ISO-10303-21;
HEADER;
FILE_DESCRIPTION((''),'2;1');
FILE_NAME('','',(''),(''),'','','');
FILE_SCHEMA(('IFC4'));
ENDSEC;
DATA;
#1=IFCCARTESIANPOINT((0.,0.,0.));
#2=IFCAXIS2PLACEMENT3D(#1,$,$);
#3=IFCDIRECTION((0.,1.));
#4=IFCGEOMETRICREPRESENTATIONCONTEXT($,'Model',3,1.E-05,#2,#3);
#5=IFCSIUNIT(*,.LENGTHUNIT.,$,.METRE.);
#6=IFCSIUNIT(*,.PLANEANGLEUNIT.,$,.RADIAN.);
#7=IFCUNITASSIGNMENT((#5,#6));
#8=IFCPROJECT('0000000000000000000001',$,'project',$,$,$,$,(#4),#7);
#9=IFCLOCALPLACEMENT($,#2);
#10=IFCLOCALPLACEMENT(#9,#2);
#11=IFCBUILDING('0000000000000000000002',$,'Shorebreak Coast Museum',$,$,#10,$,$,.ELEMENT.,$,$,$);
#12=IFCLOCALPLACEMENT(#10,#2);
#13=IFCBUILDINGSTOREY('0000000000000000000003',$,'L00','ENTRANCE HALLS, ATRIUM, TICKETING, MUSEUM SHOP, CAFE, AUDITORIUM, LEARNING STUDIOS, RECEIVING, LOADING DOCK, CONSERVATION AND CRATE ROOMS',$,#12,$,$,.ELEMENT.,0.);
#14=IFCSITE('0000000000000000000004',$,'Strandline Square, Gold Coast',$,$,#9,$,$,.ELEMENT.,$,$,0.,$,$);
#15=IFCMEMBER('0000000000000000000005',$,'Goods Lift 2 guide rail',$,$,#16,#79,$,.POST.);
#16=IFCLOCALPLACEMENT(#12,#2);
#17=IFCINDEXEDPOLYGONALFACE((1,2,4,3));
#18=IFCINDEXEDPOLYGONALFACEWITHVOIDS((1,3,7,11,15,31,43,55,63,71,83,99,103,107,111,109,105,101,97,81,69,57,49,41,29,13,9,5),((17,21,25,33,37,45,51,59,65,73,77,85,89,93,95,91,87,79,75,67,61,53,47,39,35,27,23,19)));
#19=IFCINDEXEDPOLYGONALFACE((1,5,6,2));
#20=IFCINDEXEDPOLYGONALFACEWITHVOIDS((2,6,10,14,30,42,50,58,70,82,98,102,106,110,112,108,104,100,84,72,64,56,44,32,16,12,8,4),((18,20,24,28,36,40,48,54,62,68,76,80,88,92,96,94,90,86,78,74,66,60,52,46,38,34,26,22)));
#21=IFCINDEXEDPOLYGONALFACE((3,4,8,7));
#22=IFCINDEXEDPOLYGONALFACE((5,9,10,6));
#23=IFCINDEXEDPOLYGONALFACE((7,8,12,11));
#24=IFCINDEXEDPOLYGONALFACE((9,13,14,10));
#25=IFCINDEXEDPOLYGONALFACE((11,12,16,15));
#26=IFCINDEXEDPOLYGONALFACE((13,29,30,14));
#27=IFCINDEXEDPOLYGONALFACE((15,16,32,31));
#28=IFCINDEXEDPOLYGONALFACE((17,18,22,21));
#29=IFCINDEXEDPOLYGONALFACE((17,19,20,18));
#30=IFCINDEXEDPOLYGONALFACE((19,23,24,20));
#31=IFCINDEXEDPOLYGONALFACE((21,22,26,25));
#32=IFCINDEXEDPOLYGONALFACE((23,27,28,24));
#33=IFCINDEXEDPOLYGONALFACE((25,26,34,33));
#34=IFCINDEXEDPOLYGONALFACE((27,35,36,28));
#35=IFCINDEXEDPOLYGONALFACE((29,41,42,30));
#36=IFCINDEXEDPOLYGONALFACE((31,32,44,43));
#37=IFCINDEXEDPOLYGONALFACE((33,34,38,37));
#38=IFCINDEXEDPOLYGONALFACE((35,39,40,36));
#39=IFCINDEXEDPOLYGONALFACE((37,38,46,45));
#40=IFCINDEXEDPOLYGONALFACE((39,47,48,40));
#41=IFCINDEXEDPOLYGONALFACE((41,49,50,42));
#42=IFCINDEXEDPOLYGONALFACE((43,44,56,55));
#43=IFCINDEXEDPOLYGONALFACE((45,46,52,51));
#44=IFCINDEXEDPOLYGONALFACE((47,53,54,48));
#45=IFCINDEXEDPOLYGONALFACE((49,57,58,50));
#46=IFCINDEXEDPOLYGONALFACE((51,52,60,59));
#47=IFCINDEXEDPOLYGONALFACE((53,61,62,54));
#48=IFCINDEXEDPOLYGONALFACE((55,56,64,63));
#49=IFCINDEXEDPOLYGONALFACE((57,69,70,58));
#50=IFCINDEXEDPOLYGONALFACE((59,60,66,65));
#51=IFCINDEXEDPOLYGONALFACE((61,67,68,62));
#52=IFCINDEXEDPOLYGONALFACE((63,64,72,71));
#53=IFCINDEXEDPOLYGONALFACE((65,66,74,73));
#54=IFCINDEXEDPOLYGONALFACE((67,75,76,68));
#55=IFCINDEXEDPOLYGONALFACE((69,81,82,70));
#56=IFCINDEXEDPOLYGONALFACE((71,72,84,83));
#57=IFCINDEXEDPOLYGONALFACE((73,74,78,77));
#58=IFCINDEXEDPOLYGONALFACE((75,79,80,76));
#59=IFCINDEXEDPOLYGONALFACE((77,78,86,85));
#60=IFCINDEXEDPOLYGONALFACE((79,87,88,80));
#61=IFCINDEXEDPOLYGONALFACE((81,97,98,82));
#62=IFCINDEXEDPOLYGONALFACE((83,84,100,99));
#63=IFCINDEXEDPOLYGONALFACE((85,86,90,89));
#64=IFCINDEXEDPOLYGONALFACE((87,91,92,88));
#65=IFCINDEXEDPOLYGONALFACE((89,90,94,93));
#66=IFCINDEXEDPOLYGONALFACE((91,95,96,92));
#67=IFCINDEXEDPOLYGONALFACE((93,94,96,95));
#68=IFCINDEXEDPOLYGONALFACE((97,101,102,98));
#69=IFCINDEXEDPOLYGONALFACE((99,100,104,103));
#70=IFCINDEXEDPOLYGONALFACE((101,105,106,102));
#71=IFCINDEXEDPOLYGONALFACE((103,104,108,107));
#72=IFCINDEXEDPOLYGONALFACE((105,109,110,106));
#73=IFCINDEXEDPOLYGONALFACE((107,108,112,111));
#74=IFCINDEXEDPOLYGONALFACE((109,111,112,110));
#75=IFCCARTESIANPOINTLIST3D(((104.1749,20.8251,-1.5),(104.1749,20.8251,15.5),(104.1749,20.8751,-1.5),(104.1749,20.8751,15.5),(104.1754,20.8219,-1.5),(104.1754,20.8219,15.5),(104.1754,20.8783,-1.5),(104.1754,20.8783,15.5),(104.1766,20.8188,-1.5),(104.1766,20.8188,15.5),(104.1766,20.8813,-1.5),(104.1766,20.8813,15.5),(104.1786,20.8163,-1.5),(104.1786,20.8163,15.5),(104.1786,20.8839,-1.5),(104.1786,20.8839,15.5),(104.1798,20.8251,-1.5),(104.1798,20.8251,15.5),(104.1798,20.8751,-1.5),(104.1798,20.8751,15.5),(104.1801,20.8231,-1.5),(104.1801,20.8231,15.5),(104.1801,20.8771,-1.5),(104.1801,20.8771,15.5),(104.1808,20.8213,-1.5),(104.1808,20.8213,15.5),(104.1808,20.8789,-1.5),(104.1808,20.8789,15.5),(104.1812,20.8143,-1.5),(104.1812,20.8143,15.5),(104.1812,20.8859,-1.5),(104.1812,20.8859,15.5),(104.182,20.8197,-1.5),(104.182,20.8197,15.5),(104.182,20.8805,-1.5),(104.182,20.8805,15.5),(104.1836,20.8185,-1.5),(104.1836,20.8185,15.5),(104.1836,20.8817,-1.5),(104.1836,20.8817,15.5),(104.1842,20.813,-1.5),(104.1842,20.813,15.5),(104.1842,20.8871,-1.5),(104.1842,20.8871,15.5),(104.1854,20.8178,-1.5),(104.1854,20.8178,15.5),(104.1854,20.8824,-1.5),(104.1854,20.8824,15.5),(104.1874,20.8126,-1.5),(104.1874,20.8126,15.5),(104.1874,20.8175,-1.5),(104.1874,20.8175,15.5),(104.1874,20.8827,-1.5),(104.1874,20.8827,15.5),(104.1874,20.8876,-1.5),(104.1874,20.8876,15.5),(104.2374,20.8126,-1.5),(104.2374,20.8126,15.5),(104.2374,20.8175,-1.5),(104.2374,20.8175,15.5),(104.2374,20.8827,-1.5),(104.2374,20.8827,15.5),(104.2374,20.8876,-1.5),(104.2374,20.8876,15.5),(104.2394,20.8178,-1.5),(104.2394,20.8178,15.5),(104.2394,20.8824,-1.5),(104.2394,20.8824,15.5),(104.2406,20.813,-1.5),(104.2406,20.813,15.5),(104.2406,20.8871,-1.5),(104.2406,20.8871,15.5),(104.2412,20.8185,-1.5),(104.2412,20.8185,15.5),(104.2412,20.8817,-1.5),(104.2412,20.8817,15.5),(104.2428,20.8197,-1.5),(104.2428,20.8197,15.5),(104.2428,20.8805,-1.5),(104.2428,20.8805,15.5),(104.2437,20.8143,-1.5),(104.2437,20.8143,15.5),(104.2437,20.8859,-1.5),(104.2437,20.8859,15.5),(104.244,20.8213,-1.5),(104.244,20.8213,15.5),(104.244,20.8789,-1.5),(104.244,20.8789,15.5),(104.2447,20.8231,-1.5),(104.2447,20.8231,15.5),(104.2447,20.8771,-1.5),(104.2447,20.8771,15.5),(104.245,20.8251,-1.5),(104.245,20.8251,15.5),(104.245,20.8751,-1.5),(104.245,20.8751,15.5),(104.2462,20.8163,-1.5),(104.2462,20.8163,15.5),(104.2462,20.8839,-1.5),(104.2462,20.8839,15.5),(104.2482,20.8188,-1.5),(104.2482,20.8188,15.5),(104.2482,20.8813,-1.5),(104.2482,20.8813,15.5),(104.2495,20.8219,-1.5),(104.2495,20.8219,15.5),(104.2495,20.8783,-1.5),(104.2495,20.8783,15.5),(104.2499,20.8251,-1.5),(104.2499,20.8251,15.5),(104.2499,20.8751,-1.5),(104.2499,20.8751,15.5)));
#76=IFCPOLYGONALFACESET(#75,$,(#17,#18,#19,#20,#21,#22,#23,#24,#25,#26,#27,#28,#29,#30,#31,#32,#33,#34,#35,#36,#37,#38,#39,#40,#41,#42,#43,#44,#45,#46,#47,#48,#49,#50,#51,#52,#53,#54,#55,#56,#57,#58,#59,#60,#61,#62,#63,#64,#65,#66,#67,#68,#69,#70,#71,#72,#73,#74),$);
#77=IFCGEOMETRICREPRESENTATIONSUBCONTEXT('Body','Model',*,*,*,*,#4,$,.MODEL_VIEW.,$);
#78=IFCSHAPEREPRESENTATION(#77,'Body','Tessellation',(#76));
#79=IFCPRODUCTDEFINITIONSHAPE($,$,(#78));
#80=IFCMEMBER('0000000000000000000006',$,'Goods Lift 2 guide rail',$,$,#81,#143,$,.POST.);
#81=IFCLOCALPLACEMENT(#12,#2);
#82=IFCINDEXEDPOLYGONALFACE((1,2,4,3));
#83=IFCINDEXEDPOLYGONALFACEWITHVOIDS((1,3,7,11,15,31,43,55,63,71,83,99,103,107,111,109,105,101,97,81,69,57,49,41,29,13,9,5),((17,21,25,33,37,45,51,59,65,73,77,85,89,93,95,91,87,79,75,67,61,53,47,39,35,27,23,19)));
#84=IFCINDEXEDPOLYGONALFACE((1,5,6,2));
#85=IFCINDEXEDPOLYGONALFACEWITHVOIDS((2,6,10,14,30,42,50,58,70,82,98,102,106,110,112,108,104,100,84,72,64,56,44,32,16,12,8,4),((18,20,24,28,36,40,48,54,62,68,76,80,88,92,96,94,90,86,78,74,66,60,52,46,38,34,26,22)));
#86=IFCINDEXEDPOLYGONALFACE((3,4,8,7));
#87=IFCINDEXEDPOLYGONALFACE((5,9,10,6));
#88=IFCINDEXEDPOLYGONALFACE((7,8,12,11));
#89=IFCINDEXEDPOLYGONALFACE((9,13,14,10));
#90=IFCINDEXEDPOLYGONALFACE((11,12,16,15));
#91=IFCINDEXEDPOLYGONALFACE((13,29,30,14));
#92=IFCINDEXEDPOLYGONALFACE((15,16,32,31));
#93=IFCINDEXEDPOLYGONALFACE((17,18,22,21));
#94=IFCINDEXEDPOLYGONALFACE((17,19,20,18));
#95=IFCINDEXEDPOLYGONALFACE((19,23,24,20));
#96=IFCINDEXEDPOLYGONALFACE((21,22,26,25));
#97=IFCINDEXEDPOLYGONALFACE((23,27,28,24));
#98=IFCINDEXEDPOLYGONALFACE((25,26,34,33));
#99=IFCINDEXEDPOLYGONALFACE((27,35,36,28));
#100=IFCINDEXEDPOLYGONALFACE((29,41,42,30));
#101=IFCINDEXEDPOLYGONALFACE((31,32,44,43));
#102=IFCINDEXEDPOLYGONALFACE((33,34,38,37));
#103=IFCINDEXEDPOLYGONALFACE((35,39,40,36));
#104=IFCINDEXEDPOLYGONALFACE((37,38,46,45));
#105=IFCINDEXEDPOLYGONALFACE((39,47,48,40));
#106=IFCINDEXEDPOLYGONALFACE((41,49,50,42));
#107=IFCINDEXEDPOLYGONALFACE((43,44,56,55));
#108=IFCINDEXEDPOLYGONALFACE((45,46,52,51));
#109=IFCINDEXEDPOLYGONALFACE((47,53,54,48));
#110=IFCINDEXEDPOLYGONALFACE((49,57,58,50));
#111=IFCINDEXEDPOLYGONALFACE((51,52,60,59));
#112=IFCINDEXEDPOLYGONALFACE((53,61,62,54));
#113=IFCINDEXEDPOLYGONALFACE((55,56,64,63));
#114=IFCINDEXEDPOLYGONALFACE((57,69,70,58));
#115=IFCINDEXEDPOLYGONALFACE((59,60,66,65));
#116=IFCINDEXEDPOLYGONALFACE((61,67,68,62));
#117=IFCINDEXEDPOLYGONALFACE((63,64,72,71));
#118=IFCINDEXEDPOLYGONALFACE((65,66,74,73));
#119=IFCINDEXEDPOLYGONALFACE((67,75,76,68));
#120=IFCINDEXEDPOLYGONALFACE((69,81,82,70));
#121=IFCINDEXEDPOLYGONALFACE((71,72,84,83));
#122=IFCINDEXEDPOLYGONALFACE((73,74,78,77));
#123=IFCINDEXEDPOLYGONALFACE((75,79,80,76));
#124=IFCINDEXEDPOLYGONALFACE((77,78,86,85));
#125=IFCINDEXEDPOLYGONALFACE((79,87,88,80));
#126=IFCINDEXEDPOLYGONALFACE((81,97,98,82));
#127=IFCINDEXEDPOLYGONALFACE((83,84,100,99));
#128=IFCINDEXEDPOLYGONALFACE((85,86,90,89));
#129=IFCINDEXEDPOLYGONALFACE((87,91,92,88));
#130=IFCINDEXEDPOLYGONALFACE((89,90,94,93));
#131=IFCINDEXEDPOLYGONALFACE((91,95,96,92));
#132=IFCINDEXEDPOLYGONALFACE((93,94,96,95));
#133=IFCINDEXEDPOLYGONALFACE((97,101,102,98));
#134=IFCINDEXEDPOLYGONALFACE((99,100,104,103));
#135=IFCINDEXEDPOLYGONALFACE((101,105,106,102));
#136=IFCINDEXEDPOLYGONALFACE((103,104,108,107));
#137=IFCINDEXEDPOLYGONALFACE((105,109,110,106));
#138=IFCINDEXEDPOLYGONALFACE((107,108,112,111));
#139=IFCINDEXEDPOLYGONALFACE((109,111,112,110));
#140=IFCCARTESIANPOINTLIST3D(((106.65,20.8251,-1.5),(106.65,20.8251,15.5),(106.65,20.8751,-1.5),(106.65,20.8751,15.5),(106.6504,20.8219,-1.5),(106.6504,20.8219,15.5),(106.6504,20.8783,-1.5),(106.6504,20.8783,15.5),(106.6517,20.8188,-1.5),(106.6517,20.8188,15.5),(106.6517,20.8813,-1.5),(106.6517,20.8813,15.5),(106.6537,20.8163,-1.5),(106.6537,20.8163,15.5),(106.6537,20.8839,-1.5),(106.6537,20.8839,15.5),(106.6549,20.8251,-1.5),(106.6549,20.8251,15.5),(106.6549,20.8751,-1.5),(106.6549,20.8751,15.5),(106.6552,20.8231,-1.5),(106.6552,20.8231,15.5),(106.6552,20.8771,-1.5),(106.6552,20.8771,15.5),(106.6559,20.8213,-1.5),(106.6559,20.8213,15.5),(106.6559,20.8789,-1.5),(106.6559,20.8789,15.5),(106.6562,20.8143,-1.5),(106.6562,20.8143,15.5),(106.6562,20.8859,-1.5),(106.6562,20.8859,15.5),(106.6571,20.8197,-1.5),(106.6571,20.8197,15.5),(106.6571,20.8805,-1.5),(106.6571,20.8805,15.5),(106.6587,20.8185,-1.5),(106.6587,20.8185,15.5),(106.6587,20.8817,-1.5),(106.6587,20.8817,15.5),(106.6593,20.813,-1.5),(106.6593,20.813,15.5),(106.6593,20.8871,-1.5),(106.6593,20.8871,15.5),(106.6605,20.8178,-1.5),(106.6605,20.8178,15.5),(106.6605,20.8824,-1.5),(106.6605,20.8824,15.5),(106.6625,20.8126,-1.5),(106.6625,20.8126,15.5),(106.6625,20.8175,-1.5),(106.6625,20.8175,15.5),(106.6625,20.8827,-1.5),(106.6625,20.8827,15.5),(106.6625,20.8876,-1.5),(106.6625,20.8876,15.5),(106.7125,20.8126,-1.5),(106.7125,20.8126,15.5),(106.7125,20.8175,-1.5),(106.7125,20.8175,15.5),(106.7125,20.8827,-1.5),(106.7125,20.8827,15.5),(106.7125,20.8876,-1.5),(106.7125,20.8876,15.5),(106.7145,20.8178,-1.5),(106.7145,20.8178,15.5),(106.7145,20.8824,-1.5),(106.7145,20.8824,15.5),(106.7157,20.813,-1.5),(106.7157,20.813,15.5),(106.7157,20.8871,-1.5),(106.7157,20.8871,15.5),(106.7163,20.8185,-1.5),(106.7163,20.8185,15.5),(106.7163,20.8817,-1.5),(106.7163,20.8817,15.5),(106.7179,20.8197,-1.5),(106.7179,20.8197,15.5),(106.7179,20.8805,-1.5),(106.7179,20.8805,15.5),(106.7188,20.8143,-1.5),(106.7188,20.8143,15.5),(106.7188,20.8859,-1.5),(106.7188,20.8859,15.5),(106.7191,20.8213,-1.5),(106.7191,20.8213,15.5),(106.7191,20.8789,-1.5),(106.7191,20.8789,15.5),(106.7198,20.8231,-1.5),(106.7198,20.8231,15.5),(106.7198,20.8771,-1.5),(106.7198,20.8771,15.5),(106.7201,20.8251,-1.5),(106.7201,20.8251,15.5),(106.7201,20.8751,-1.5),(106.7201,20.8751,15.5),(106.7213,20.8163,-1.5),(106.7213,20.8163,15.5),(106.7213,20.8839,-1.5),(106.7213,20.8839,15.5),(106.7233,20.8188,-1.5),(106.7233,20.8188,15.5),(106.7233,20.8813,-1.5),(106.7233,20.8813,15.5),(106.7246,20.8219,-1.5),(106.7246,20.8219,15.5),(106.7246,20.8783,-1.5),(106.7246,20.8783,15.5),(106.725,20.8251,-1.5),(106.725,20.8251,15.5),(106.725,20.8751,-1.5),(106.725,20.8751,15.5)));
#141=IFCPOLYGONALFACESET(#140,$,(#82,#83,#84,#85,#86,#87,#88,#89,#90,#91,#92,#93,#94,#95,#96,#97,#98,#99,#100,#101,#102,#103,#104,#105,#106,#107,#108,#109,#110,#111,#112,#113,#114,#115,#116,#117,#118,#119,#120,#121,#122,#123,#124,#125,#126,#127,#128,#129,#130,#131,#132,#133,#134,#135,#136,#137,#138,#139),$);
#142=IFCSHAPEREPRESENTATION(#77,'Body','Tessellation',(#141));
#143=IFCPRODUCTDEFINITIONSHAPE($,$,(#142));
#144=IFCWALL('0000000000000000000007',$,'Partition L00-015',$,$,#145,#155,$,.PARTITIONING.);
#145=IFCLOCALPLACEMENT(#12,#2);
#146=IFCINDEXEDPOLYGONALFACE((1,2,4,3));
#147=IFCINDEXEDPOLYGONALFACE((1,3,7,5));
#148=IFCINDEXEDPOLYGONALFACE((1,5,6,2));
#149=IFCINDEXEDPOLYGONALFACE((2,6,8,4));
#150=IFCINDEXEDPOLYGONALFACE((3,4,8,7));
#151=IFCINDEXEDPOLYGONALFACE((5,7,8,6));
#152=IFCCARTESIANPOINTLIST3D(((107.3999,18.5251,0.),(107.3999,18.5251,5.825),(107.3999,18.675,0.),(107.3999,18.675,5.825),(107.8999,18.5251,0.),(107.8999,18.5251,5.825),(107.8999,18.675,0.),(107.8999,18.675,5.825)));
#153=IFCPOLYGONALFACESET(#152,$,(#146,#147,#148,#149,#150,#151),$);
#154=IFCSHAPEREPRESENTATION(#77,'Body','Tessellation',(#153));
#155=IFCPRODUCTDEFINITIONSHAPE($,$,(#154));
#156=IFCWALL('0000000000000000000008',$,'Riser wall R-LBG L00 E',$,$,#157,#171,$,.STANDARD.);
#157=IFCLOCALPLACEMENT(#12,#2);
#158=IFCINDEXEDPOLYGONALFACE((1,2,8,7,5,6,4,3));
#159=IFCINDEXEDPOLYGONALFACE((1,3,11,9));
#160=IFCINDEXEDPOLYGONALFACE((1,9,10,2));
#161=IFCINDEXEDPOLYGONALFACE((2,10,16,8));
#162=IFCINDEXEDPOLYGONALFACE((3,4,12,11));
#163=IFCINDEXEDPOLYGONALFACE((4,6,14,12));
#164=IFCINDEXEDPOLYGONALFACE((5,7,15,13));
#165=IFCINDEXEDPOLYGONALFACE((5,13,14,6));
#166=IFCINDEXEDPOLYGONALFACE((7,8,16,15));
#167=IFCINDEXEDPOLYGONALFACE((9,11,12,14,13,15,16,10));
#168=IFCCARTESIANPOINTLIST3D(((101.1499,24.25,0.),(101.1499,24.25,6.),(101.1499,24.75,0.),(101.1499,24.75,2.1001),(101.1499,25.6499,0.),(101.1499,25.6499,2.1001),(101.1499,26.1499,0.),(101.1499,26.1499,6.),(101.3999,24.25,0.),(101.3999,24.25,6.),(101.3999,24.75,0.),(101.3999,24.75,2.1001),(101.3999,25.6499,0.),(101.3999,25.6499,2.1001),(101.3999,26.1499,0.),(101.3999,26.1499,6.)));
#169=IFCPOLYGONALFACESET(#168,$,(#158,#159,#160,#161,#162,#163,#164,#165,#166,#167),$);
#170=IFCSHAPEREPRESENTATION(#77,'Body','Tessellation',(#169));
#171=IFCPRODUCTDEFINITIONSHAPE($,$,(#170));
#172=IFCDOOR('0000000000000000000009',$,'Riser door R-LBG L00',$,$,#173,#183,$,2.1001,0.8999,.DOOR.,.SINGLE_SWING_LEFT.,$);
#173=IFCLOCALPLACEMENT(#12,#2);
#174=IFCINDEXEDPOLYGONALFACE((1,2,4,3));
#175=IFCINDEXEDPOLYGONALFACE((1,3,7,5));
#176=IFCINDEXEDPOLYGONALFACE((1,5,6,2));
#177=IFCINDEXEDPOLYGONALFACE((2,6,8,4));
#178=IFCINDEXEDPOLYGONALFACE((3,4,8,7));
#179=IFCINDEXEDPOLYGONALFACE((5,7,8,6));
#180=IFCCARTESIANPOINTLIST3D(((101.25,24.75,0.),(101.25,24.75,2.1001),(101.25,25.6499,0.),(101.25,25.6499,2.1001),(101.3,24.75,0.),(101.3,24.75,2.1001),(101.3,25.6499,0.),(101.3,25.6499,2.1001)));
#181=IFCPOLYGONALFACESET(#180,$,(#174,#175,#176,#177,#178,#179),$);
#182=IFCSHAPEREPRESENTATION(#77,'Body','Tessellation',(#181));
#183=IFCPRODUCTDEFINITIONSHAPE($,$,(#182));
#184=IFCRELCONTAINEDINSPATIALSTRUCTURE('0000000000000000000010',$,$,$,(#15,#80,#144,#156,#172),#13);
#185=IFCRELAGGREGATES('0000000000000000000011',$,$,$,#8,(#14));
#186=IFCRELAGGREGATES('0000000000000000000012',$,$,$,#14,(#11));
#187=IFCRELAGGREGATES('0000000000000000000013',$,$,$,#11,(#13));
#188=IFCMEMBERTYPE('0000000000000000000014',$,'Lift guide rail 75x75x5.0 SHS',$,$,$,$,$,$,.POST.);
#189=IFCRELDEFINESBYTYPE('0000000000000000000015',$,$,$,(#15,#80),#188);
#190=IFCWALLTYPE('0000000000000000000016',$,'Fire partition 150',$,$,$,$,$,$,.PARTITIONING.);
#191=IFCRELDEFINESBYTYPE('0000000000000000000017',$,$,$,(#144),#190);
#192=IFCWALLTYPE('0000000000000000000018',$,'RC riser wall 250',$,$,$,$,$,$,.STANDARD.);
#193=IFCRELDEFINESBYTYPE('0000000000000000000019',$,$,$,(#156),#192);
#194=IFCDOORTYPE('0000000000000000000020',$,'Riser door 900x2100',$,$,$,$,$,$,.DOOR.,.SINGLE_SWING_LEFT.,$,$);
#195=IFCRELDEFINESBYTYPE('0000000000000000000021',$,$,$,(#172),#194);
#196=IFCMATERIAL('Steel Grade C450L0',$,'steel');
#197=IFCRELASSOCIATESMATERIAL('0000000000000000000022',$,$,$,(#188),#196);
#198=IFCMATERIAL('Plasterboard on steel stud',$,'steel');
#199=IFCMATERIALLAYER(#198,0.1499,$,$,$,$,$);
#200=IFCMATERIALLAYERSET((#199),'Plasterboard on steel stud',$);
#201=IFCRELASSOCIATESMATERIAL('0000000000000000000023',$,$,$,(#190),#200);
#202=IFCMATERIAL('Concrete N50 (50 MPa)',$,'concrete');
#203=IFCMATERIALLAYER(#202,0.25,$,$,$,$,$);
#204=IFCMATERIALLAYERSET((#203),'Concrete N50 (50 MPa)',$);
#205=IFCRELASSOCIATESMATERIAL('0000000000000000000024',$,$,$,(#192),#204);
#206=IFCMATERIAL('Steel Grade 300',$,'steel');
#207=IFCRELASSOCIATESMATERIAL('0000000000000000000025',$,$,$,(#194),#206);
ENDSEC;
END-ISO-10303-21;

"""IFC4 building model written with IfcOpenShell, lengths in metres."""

from ifc_helpers import new_model, si_unit, direction, frame, frame_2d, origin, origin_2d, place, context, subcontext, project, spatial, rectangle, hollow_rectangle, extrude, material, layer, layer_set, material_profile, profile_set, type_object, element, fill, save


model = new_model("IFC4")

# Units and contexts
model_context = context("Model", 3, precision=1e-05, world=origin(), true_north=direction((0.0, 1.0)))
body_context = subcontext(model_context, "Body", "Model", "MODEL_VIEW")
ifc_project = project(units=[si_unit("LENGTHUNIT", "METRE"), si_unit("PLANEANGLEUNIT", "RADIAN")], contexts=[model_context])

# Site, building, storey
site_placement = place(None, origin())
site = spatial("IfcSite", under=ifc_project, at=site_placement, Name="Strandline Square, Gold Coast", CompositionType="ELEMENT", RefElevation=0.0)
building_placement = place(site_placement, origin())
building = spatial("IfcBuilding", under=site, at=building_placement, Name="Shorebreak Coast Museum", CompositionType="ELEMENT")
storey_placement = place(building_placement, origin())
storey = spatial("IfcBuildingStorey", under=building, at=storey_placement, Name="L00", Description="ENTRANCE HALLS, ATRIUM, TICKETING, MUSEUM SHOP, CAFE, AUDITORIUM, LEARNING STUDIOS, RECEIVING, LOADING DOCK, CONSERVATION AND CRATE ROOMS", CompositionType="ELEMENT", Elevation=0.0)

# Members
ifc_material_1 = material(Name="Steel Grade C450L0", Category="steel")
ifc_material_profile_1 = material_profile(ifc_material_1, hollow_rectangle(XDim=0.075, YDim=0.075, WallThickness=0.0049, InnerFilletRadius=0.0076, OuterFilletRadius=0.0125, at=origin_2d()), Name="75x75x5.0 SHS")
ifc_profile_set_1 = profile_set([ifc_material_profile_1], Name="Steel Grade C450L0")
member_type = type_object("IfcMemberType", Name="Lift guide rail 75x75x5.0 SHS", PredefinedType="POST", material=ifc_profile_set_1)
for number, where, z_axis, x_axis, name in (
    (1, (104.2124, 20.8501, -1.5), (0.0, 0.0, 1.0), (1.0, 0.0, 0.0), "Goods Lift 2 guide rail"),
    (2, (106.6875, 20.8501, -1.5), (0.0, 0.0, 1.0), (1.0, 0.0, 0.0), "Goods Lift 2 guide rail"),
):
    element("IfcMember", number, at=place(storey_placement, frame(where, z_axis=z_axis, x_axis=x_axis)), inside=storey, type_object=member_type, Name=name, PredefinedType="POST", context=body_context, shape_type="SweptSolid", body=[
        extrude(hollow_rectangle(XDim=0.075, YDim=0.075, WallThickness=0.0049, InnerFilletRadius=0.0076, OuterFilletRadius=0.0125, at=origin_2d()), origin(), (0.0, 0.0, 1.0), 17.0),
    ])

# Wall
ifc_material_2 = material(Name="Plasterboard on steel stud", Category="steel")
ifc_layer_1 = layer(ifc_material_2, 0.1499)
ifc_layer_set_1 = layer_set([ifc_layer_1], Name="Plasterboard on steel stud")
wall_type_1 = type_object("IfcWallType", Name="Fire partition 150", PredefinedType="PARTITIONING", material=ifc_layer_set_1)
wall_1_placement = place(storey_placement, frame((107.3999, 18.6001, 0.0), z_axis=(0.0, 0.0, 1.0), x_axis=(1.0, 0.0, 0.0)))
element("IfcWall", 3, at=wall_1_placement, inside=storey, type_object=wall_type_1, Name="Partition L00-015", PredefinedType="PARTITIONING", context=body_context, shape_type="SweptSolid", body=[
    extrude(rectangle(XDim=0.5, YDim=0.1499, at=frame_2d((0.25, 0.0))), origin(), (0.0, 0.0, 1.0), 5.825),
])

# Wall, opening, door
ifc_material_3 = material(Name="Concrete N50 (50 MPa)", Category="concrete")
ifc_layer_2 = layer(ifc_material_3, 0.25)
ifc_layer_set_2 = layer_set([ifc_layer_2], Name="Concrete N50 (50 MPa)")
wall_type_2 = type_object("IfcWallType", Name="RC riser wall 250", PredefinedType="STANDARD", material=ifc_layer_set_2)
wall_2_placement = place(storey_placement, frame((101.2749, 24.25, 0.0), z_axis=(0.0, 0.0, 1.0), x_axis=(0.0, 1.0, 0.0)))
wall_2 = element("IfcWall", 4, at=wall_2_placement, inside=storey, type_object=wall_type_2, Name="Riser wall R-LBG L00 E", PredefinedType="STANDARD", context=body_context, shape_type="SweptSolid", body=[
    extrude(rectangle(XDim=1.8999, YDim=0.25, at=frame_2d((0.95, 0.0))), origin(), (0.0, 0.0, 1.0), 6.0),
])
opening_1_placement = place(wall_2_placement, frame((0.5, 0.0, 0.0)))
opening_1 = element("IfcOpeningElement", 5, at=opening_1_placement, cuts=wall_2, PredefinedType="OPENING", context=body_context, shape_type="SweptSolid", body=[
    extrude(rectangle(XDim=0.8999, YDim=2.1001, at=frame_2d((0.45, 1.05))), frame((0.0, 0.135, 0.0), z_axis=(0.0, -1.0, 0.0), x_axis=(1.0, 0.0, 0.0)), (0.0, 0.0, 1.0), 0.27),
])
ifc_material_4 = material(Name="Steel Grade 300", Category="steel")
door_type_1 = type_object("IfcDoorType", Name="Riser door 900x2100", OperationType="SINGLE_SWING_LEFT", PredefinedType="DOOR", material=ifc_material_4)
door_1_placement = place(opening_1_placement, origin())
door_1 = element("IfcDoor", 6, at=door_1_placement, inside=storey, type_object=door_type_1, Name="Riser door R-LBG L00", OperationType="SINGLE_SWING_LEFT", OverallHeight=2.1001, OverallWidth=0.8999, PredefinedType="DOOR", context=body_context, shape_type="SweptSolid", body=[
    extrude(rectangle(XDim=0.8999, YDim=2.1001, at=frame_2d((0.45, 1.05))), frame((0.0, 0.0249, 0.0), z_axis=(0.0, -1.0, 0.0), x_axis=(1.0, 0.0, 0.0)), (0.0, 0.0, 1.0), 0.05),
])
fill(opening_1, door_1)

save(model, "model.ifc")
